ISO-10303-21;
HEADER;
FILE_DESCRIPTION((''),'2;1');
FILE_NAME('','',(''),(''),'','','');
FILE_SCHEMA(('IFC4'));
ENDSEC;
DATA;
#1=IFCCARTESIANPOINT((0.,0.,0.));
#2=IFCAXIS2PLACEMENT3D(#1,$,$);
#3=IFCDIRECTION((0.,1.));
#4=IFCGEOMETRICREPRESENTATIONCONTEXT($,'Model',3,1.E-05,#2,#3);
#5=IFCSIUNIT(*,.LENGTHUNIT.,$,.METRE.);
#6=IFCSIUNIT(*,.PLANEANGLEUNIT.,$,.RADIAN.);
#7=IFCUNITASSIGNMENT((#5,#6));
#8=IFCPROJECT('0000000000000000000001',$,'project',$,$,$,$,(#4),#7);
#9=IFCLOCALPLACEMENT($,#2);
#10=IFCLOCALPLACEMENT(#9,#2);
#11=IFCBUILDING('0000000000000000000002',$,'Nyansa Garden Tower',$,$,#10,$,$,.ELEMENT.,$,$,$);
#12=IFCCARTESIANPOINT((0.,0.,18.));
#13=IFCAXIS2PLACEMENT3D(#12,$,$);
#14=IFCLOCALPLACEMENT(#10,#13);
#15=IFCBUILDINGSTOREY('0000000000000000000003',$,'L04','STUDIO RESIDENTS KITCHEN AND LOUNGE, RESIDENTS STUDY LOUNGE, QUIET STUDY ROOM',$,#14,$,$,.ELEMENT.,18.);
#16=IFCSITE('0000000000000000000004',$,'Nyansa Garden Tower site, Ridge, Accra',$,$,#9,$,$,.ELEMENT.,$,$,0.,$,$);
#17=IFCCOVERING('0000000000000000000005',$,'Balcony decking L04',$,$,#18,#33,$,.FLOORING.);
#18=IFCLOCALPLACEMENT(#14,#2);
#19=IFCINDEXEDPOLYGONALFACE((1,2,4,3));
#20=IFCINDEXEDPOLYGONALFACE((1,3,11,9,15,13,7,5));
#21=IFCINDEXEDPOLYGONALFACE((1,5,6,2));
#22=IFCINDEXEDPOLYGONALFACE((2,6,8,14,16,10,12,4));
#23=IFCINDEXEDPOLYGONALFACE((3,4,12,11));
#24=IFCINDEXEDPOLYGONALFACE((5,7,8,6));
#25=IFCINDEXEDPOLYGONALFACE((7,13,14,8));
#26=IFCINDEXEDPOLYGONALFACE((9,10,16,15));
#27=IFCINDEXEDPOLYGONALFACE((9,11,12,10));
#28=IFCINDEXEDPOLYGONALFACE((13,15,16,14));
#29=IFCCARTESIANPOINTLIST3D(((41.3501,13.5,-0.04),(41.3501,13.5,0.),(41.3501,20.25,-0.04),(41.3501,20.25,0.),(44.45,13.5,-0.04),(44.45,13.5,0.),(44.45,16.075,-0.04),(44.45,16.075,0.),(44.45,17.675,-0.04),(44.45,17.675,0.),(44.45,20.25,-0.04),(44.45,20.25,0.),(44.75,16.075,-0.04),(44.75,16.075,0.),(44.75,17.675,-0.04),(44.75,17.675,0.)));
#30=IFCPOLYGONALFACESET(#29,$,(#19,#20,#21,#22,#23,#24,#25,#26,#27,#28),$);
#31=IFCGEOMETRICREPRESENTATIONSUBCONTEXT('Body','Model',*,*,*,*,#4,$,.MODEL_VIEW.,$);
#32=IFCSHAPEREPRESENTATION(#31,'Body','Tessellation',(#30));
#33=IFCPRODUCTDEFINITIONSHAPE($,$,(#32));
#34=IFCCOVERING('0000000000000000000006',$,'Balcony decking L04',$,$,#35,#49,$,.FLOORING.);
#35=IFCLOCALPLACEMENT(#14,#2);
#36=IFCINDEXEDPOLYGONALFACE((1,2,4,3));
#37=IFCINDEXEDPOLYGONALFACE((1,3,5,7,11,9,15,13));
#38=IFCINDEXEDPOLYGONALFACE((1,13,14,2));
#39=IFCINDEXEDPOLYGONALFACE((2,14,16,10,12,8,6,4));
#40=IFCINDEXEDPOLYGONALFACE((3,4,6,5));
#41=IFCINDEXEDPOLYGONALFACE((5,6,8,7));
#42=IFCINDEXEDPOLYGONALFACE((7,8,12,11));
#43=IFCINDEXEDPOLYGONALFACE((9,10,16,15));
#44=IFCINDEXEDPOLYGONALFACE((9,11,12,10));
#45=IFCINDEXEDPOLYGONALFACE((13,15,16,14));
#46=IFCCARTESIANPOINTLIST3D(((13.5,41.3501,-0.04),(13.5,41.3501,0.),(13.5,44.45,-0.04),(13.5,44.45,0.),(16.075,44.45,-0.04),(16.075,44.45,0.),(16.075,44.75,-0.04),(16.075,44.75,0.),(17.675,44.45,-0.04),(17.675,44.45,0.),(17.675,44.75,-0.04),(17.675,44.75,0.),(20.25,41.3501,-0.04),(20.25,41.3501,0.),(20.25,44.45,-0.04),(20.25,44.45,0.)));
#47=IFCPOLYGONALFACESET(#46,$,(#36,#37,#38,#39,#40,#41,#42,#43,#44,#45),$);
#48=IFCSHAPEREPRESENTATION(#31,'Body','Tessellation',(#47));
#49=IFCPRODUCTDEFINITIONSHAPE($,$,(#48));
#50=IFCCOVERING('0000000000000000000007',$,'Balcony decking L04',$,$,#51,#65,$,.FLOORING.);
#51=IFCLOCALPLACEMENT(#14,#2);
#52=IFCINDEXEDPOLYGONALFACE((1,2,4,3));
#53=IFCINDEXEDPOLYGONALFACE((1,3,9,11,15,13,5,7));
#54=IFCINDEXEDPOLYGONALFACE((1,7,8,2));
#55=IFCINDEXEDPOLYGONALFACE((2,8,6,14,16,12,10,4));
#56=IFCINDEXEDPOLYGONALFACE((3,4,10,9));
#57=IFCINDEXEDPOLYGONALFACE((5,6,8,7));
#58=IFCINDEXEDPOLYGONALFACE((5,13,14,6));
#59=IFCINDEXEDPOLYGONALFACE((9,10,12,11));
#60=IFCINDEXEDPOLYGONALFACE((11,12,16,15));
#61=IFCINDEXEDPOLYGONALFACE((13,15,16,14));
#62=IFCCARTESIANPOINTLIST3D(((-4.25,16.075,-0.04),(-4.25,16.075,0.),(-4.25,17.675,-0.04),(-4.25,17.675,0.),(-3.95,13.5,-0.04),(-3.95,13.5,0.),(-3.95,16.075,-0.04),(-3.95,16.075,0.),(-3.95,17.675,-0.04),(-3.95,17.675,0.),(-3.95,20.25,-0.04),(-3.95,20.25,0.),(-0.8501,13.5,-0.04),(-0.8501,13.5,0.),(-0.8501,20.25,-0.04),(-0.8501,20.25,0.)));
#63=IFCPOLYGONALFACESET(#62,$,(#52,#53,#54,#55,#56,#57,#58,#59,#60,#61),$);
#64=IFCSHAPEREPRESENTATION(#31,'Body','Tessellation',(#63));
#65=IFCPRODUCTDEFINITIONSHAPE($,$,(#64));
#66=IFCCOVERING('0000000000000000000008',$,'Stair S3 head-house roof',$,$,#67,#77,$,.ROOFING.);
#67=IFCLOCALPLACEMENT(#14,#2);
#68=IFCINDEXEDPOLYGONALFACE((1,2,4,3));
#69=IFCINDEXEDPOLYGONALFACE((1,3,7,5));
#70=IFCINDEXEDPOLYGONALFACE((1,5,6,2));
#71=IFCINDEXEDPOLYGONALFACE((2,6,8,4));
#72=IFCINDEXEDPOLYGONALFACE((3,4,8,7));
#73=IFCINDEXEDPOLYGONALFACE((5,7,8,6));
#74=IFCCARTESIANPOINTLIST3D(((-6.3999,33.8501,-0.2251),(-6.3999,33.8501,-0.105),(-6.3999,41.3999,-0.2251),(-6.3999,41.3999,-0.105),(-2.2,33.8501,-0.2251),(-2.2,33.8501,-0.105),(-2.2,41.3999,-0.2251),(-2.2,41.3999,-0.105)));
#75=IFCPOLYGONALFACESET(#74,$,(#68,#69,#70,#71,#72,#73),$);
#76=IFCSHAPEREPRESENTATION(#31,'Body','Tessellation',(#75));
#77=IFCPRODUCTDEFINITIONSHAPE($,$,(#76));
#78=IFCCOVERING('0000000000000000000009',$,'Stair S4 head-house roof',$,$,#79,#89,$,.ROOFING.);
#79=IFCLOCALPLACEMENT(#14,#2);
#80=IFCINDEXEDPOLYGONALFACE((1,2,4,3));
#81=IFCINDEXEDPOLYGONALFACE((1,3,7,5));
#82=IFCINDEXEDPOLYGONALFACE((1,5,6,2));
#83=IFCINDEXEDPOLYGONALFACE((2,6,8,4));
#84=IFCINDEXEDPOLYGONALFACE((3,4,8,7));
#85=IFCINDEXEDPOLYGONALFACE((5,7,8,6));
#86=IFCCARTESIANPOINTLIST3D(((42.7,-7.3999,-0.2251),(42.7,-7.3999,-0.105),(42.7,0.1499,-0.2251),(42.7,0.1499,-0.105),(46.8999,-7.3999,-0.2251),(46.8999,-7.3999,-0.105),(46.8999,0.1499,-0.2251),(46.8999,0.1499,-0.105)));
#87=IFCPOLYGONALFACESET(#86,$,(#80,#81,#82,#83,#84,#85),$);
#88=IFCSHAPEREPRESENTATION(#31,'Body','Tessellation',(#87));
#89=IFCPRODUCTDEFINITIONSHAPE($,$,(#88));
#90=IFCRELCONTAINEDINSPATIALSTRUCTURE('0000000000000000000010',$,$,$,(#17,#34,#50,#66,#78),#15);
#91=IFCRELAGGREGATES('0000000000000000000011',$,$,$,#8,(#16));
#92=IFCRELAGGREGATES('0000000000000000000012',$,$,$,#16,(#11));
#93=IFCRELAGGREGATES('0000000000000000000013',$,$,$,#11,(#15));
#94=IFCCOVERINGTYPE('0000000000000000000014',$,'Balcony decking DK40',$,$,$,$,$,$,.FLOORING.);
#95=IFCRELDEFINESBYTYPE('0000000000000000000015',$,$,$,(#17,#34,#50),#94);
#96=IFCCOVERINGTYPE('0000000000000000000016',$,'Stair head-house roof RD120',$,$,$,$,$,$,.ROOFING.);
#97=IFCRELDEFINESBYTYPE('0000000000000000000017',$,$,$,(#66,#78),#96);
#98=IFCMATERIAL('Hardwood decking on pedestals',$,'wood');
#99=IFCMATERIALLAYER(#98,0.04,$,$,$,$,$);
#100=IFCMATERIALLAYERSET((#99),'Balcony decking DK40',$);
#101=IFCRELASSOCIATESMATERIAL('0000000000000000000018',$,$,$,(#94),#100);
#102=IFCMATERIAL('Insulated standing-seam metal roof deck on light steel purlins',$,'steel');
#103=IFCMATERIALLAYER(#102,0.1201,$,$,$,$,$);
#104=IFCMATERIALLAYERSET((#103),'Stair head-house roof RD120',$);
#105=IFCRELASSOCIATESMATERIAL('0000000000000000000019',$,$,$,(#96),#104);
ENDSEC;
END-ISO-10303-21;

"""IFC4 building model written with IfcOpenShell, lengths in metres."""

from ifc_helpers import new_model, si_unit, direction, frame, origin, place, context, subcontext, project, spatial, polyline, outline, extrude, material, layer, layer_set, type_object, element, save


model = new_model("IFC4")

# Units and contexts
model_context = context("Model", 3, precision=1e-05, world=origin(), true_north=direction((0.0, 1.0)))
body_context = subcontext(model_context, "Body", "Model", "MODEL_VIEW")
ifc_project = project(units=[si_unit("LENGTHUNIT", "METRE"), si_unit("PLANEANGLEUNIT", "RADIAN")], contexts=[model_context])

# Site, building, storey
site_placement = place(None, origin())
site = spatial("IfcSite", under=ifc_project, at=site_placement, Name="Nyansa Garden Tower site, Ridge, Accra", CompositionType="ELEMENT", RefElevation=0.0)
building_placement = place(site_placement, origin())
building = spatial("IfcBuilding", under=site, at=building_placement, Name="Nyansa Garden Tower", CompositionType="ELEMENT")
storey_placement = place(building_placement, frame((0.0, 0.0, 18.0)))
storey = spatial("IfcBuildingStorey", under=building, at=storey_placement, Name="L04", Description="STUDIO RESIDENTS KITCHEN AND LOUNGE, RESIDENTS STUDY LOUNGE, QUIET STUDY ROOM", CompositionType="ELEMENT", Elevation=18.0)

# Coverings
ifc_material_1 = material(Name="Hardwood decking on pedestals", Category="wood")
ifc_layer_1 = layer(ifc_material_1, 0.04)
ifc_layer_set_1 = layer_set([ifc_layer_1], Name="Balcony decking DK40")
covering_type_1 = type_object("IfcCoveringType", Name="Balcony decking DK40", PredefinedType="FLOORING", material=ifc_layer_set_1)
covering_1_placement = place(storey_placement, frame((0.0, 0.0, -0.04)))
element("IfcCovering", 1, at=covering_1_placement, inside=storey, type_object=covering_type_1, Name="Balcony decking L04", PredefinedType="FLOORING", context=body_context, shape_type="SweptSolid", body=[
    extrude(outline(polyline([(41.3501, 13.5), (41.3501, 20.25), (44.45, 20.25), (44.45, 17.675), (44.75, 17.675), (44.75, 16.075), (44.45, 16.075), (44.45, 13.5), (41.3501, 13.5)])), origin(), (0.0, 0.0, 1.0), 0.04),
])
covering_2_placement = place(storey_placement, frame((0.0, 0.0, -0.04)))
element("IfcCovering", 2, at=covering_2_placement, inside=storey, type_object=covering_type_1, Name="Balcony decking L04", PredefinedType="FLOORING", context=body_context, shape_type="SweptSolid", body=[
    extrude(outline(polyline([(13.5, 41.3501), (20.25, 41.3501), (20.25, 44.45), (17.675, 44.45), (17.675, 44.75), (16.075, 44.75), (16.075, 44.45), (13.5, 44.45), (13.5, 41.3501)])), origin(), (0.0, 0.0, 1.0), 0.04),
])
covering_3_placement = place(storey_placement, frame((0.0, 0.0, -0.04)))
element("IfcCovering", 3, at=covering_3_placement, inside=storey, type_object=covering_type_1, Name="Balcony decking L04", PredefinedType="FLOORING", context=body_context, shape_type="SweptSolid", body=[
    extrude(outline(polyline([(-0.8501, 13.5), (-0.8501, 20.25), (-3.95, 20.25), (-3.95, 17.675), (-4.25, 17.675), (-4.25, 16.075), (-3.95, 16.075), (-3.95, 13.5), (-0.8501, 13.5)])), origin(), (0.0, 0.0, 1.0), 0.04),
])
ifc_material_2 = material(Name="Insulated standing-seam metal roof deck on light steel purlins", Category="steel")
ifc_layer_2 = layer(ifc_material_2, 0.1201)
ifc_layer_set_2 = layer_set([ifc_layer_2], Name="Stair head-house roof RD120")
covering_type_2 = type_object("IfcCoveringType", Name="Stair head-house roof RD120", PredefinedType="ROOFING", material=ifc_layer_set_2)
covering_4_placement = place(storey_placement, frame((0.0, 0.0, -0.2251)))
element("IfcCovering", 4, at=covering_4_placement, inside=storey, type_object=covering_type_2, Name="Stair S3 head-house roof", PredefinedType="ROOFING", context=body_context, shape_type="SweptSolid", body=[
    extrude(outline(polyline([(-6.3999, 33.8501), (-2.2, 33.8501), (-2.2, 41.3999), (-6.3999, 41.3999), (-6.3999, 33.8501)])), origin(), (0.0, 0.0, 1.0), 0.1201),
])
covering_5_placement = place(storey_placement, frame((0.0, 0.0, -0.2251)))
element("IfcCovering", 5, at=covering_5_placement, inside=storey, type_object=covering_type_2, Name="Stair S4 head-house roof", PredefinedType="ROOFING", context=body_context, shape_type="SweptSolid", body=[
    extrude(outline(polyline([(42.7, -7.3999), (46.8999, -7.3999), (46.8999, 0.1499), (42.7, 0.1499), (42.7, -7.3999)])), origin(), (0.0, 0.0, 1.0), 0.1201),
])

save(model, "model.ifc")
